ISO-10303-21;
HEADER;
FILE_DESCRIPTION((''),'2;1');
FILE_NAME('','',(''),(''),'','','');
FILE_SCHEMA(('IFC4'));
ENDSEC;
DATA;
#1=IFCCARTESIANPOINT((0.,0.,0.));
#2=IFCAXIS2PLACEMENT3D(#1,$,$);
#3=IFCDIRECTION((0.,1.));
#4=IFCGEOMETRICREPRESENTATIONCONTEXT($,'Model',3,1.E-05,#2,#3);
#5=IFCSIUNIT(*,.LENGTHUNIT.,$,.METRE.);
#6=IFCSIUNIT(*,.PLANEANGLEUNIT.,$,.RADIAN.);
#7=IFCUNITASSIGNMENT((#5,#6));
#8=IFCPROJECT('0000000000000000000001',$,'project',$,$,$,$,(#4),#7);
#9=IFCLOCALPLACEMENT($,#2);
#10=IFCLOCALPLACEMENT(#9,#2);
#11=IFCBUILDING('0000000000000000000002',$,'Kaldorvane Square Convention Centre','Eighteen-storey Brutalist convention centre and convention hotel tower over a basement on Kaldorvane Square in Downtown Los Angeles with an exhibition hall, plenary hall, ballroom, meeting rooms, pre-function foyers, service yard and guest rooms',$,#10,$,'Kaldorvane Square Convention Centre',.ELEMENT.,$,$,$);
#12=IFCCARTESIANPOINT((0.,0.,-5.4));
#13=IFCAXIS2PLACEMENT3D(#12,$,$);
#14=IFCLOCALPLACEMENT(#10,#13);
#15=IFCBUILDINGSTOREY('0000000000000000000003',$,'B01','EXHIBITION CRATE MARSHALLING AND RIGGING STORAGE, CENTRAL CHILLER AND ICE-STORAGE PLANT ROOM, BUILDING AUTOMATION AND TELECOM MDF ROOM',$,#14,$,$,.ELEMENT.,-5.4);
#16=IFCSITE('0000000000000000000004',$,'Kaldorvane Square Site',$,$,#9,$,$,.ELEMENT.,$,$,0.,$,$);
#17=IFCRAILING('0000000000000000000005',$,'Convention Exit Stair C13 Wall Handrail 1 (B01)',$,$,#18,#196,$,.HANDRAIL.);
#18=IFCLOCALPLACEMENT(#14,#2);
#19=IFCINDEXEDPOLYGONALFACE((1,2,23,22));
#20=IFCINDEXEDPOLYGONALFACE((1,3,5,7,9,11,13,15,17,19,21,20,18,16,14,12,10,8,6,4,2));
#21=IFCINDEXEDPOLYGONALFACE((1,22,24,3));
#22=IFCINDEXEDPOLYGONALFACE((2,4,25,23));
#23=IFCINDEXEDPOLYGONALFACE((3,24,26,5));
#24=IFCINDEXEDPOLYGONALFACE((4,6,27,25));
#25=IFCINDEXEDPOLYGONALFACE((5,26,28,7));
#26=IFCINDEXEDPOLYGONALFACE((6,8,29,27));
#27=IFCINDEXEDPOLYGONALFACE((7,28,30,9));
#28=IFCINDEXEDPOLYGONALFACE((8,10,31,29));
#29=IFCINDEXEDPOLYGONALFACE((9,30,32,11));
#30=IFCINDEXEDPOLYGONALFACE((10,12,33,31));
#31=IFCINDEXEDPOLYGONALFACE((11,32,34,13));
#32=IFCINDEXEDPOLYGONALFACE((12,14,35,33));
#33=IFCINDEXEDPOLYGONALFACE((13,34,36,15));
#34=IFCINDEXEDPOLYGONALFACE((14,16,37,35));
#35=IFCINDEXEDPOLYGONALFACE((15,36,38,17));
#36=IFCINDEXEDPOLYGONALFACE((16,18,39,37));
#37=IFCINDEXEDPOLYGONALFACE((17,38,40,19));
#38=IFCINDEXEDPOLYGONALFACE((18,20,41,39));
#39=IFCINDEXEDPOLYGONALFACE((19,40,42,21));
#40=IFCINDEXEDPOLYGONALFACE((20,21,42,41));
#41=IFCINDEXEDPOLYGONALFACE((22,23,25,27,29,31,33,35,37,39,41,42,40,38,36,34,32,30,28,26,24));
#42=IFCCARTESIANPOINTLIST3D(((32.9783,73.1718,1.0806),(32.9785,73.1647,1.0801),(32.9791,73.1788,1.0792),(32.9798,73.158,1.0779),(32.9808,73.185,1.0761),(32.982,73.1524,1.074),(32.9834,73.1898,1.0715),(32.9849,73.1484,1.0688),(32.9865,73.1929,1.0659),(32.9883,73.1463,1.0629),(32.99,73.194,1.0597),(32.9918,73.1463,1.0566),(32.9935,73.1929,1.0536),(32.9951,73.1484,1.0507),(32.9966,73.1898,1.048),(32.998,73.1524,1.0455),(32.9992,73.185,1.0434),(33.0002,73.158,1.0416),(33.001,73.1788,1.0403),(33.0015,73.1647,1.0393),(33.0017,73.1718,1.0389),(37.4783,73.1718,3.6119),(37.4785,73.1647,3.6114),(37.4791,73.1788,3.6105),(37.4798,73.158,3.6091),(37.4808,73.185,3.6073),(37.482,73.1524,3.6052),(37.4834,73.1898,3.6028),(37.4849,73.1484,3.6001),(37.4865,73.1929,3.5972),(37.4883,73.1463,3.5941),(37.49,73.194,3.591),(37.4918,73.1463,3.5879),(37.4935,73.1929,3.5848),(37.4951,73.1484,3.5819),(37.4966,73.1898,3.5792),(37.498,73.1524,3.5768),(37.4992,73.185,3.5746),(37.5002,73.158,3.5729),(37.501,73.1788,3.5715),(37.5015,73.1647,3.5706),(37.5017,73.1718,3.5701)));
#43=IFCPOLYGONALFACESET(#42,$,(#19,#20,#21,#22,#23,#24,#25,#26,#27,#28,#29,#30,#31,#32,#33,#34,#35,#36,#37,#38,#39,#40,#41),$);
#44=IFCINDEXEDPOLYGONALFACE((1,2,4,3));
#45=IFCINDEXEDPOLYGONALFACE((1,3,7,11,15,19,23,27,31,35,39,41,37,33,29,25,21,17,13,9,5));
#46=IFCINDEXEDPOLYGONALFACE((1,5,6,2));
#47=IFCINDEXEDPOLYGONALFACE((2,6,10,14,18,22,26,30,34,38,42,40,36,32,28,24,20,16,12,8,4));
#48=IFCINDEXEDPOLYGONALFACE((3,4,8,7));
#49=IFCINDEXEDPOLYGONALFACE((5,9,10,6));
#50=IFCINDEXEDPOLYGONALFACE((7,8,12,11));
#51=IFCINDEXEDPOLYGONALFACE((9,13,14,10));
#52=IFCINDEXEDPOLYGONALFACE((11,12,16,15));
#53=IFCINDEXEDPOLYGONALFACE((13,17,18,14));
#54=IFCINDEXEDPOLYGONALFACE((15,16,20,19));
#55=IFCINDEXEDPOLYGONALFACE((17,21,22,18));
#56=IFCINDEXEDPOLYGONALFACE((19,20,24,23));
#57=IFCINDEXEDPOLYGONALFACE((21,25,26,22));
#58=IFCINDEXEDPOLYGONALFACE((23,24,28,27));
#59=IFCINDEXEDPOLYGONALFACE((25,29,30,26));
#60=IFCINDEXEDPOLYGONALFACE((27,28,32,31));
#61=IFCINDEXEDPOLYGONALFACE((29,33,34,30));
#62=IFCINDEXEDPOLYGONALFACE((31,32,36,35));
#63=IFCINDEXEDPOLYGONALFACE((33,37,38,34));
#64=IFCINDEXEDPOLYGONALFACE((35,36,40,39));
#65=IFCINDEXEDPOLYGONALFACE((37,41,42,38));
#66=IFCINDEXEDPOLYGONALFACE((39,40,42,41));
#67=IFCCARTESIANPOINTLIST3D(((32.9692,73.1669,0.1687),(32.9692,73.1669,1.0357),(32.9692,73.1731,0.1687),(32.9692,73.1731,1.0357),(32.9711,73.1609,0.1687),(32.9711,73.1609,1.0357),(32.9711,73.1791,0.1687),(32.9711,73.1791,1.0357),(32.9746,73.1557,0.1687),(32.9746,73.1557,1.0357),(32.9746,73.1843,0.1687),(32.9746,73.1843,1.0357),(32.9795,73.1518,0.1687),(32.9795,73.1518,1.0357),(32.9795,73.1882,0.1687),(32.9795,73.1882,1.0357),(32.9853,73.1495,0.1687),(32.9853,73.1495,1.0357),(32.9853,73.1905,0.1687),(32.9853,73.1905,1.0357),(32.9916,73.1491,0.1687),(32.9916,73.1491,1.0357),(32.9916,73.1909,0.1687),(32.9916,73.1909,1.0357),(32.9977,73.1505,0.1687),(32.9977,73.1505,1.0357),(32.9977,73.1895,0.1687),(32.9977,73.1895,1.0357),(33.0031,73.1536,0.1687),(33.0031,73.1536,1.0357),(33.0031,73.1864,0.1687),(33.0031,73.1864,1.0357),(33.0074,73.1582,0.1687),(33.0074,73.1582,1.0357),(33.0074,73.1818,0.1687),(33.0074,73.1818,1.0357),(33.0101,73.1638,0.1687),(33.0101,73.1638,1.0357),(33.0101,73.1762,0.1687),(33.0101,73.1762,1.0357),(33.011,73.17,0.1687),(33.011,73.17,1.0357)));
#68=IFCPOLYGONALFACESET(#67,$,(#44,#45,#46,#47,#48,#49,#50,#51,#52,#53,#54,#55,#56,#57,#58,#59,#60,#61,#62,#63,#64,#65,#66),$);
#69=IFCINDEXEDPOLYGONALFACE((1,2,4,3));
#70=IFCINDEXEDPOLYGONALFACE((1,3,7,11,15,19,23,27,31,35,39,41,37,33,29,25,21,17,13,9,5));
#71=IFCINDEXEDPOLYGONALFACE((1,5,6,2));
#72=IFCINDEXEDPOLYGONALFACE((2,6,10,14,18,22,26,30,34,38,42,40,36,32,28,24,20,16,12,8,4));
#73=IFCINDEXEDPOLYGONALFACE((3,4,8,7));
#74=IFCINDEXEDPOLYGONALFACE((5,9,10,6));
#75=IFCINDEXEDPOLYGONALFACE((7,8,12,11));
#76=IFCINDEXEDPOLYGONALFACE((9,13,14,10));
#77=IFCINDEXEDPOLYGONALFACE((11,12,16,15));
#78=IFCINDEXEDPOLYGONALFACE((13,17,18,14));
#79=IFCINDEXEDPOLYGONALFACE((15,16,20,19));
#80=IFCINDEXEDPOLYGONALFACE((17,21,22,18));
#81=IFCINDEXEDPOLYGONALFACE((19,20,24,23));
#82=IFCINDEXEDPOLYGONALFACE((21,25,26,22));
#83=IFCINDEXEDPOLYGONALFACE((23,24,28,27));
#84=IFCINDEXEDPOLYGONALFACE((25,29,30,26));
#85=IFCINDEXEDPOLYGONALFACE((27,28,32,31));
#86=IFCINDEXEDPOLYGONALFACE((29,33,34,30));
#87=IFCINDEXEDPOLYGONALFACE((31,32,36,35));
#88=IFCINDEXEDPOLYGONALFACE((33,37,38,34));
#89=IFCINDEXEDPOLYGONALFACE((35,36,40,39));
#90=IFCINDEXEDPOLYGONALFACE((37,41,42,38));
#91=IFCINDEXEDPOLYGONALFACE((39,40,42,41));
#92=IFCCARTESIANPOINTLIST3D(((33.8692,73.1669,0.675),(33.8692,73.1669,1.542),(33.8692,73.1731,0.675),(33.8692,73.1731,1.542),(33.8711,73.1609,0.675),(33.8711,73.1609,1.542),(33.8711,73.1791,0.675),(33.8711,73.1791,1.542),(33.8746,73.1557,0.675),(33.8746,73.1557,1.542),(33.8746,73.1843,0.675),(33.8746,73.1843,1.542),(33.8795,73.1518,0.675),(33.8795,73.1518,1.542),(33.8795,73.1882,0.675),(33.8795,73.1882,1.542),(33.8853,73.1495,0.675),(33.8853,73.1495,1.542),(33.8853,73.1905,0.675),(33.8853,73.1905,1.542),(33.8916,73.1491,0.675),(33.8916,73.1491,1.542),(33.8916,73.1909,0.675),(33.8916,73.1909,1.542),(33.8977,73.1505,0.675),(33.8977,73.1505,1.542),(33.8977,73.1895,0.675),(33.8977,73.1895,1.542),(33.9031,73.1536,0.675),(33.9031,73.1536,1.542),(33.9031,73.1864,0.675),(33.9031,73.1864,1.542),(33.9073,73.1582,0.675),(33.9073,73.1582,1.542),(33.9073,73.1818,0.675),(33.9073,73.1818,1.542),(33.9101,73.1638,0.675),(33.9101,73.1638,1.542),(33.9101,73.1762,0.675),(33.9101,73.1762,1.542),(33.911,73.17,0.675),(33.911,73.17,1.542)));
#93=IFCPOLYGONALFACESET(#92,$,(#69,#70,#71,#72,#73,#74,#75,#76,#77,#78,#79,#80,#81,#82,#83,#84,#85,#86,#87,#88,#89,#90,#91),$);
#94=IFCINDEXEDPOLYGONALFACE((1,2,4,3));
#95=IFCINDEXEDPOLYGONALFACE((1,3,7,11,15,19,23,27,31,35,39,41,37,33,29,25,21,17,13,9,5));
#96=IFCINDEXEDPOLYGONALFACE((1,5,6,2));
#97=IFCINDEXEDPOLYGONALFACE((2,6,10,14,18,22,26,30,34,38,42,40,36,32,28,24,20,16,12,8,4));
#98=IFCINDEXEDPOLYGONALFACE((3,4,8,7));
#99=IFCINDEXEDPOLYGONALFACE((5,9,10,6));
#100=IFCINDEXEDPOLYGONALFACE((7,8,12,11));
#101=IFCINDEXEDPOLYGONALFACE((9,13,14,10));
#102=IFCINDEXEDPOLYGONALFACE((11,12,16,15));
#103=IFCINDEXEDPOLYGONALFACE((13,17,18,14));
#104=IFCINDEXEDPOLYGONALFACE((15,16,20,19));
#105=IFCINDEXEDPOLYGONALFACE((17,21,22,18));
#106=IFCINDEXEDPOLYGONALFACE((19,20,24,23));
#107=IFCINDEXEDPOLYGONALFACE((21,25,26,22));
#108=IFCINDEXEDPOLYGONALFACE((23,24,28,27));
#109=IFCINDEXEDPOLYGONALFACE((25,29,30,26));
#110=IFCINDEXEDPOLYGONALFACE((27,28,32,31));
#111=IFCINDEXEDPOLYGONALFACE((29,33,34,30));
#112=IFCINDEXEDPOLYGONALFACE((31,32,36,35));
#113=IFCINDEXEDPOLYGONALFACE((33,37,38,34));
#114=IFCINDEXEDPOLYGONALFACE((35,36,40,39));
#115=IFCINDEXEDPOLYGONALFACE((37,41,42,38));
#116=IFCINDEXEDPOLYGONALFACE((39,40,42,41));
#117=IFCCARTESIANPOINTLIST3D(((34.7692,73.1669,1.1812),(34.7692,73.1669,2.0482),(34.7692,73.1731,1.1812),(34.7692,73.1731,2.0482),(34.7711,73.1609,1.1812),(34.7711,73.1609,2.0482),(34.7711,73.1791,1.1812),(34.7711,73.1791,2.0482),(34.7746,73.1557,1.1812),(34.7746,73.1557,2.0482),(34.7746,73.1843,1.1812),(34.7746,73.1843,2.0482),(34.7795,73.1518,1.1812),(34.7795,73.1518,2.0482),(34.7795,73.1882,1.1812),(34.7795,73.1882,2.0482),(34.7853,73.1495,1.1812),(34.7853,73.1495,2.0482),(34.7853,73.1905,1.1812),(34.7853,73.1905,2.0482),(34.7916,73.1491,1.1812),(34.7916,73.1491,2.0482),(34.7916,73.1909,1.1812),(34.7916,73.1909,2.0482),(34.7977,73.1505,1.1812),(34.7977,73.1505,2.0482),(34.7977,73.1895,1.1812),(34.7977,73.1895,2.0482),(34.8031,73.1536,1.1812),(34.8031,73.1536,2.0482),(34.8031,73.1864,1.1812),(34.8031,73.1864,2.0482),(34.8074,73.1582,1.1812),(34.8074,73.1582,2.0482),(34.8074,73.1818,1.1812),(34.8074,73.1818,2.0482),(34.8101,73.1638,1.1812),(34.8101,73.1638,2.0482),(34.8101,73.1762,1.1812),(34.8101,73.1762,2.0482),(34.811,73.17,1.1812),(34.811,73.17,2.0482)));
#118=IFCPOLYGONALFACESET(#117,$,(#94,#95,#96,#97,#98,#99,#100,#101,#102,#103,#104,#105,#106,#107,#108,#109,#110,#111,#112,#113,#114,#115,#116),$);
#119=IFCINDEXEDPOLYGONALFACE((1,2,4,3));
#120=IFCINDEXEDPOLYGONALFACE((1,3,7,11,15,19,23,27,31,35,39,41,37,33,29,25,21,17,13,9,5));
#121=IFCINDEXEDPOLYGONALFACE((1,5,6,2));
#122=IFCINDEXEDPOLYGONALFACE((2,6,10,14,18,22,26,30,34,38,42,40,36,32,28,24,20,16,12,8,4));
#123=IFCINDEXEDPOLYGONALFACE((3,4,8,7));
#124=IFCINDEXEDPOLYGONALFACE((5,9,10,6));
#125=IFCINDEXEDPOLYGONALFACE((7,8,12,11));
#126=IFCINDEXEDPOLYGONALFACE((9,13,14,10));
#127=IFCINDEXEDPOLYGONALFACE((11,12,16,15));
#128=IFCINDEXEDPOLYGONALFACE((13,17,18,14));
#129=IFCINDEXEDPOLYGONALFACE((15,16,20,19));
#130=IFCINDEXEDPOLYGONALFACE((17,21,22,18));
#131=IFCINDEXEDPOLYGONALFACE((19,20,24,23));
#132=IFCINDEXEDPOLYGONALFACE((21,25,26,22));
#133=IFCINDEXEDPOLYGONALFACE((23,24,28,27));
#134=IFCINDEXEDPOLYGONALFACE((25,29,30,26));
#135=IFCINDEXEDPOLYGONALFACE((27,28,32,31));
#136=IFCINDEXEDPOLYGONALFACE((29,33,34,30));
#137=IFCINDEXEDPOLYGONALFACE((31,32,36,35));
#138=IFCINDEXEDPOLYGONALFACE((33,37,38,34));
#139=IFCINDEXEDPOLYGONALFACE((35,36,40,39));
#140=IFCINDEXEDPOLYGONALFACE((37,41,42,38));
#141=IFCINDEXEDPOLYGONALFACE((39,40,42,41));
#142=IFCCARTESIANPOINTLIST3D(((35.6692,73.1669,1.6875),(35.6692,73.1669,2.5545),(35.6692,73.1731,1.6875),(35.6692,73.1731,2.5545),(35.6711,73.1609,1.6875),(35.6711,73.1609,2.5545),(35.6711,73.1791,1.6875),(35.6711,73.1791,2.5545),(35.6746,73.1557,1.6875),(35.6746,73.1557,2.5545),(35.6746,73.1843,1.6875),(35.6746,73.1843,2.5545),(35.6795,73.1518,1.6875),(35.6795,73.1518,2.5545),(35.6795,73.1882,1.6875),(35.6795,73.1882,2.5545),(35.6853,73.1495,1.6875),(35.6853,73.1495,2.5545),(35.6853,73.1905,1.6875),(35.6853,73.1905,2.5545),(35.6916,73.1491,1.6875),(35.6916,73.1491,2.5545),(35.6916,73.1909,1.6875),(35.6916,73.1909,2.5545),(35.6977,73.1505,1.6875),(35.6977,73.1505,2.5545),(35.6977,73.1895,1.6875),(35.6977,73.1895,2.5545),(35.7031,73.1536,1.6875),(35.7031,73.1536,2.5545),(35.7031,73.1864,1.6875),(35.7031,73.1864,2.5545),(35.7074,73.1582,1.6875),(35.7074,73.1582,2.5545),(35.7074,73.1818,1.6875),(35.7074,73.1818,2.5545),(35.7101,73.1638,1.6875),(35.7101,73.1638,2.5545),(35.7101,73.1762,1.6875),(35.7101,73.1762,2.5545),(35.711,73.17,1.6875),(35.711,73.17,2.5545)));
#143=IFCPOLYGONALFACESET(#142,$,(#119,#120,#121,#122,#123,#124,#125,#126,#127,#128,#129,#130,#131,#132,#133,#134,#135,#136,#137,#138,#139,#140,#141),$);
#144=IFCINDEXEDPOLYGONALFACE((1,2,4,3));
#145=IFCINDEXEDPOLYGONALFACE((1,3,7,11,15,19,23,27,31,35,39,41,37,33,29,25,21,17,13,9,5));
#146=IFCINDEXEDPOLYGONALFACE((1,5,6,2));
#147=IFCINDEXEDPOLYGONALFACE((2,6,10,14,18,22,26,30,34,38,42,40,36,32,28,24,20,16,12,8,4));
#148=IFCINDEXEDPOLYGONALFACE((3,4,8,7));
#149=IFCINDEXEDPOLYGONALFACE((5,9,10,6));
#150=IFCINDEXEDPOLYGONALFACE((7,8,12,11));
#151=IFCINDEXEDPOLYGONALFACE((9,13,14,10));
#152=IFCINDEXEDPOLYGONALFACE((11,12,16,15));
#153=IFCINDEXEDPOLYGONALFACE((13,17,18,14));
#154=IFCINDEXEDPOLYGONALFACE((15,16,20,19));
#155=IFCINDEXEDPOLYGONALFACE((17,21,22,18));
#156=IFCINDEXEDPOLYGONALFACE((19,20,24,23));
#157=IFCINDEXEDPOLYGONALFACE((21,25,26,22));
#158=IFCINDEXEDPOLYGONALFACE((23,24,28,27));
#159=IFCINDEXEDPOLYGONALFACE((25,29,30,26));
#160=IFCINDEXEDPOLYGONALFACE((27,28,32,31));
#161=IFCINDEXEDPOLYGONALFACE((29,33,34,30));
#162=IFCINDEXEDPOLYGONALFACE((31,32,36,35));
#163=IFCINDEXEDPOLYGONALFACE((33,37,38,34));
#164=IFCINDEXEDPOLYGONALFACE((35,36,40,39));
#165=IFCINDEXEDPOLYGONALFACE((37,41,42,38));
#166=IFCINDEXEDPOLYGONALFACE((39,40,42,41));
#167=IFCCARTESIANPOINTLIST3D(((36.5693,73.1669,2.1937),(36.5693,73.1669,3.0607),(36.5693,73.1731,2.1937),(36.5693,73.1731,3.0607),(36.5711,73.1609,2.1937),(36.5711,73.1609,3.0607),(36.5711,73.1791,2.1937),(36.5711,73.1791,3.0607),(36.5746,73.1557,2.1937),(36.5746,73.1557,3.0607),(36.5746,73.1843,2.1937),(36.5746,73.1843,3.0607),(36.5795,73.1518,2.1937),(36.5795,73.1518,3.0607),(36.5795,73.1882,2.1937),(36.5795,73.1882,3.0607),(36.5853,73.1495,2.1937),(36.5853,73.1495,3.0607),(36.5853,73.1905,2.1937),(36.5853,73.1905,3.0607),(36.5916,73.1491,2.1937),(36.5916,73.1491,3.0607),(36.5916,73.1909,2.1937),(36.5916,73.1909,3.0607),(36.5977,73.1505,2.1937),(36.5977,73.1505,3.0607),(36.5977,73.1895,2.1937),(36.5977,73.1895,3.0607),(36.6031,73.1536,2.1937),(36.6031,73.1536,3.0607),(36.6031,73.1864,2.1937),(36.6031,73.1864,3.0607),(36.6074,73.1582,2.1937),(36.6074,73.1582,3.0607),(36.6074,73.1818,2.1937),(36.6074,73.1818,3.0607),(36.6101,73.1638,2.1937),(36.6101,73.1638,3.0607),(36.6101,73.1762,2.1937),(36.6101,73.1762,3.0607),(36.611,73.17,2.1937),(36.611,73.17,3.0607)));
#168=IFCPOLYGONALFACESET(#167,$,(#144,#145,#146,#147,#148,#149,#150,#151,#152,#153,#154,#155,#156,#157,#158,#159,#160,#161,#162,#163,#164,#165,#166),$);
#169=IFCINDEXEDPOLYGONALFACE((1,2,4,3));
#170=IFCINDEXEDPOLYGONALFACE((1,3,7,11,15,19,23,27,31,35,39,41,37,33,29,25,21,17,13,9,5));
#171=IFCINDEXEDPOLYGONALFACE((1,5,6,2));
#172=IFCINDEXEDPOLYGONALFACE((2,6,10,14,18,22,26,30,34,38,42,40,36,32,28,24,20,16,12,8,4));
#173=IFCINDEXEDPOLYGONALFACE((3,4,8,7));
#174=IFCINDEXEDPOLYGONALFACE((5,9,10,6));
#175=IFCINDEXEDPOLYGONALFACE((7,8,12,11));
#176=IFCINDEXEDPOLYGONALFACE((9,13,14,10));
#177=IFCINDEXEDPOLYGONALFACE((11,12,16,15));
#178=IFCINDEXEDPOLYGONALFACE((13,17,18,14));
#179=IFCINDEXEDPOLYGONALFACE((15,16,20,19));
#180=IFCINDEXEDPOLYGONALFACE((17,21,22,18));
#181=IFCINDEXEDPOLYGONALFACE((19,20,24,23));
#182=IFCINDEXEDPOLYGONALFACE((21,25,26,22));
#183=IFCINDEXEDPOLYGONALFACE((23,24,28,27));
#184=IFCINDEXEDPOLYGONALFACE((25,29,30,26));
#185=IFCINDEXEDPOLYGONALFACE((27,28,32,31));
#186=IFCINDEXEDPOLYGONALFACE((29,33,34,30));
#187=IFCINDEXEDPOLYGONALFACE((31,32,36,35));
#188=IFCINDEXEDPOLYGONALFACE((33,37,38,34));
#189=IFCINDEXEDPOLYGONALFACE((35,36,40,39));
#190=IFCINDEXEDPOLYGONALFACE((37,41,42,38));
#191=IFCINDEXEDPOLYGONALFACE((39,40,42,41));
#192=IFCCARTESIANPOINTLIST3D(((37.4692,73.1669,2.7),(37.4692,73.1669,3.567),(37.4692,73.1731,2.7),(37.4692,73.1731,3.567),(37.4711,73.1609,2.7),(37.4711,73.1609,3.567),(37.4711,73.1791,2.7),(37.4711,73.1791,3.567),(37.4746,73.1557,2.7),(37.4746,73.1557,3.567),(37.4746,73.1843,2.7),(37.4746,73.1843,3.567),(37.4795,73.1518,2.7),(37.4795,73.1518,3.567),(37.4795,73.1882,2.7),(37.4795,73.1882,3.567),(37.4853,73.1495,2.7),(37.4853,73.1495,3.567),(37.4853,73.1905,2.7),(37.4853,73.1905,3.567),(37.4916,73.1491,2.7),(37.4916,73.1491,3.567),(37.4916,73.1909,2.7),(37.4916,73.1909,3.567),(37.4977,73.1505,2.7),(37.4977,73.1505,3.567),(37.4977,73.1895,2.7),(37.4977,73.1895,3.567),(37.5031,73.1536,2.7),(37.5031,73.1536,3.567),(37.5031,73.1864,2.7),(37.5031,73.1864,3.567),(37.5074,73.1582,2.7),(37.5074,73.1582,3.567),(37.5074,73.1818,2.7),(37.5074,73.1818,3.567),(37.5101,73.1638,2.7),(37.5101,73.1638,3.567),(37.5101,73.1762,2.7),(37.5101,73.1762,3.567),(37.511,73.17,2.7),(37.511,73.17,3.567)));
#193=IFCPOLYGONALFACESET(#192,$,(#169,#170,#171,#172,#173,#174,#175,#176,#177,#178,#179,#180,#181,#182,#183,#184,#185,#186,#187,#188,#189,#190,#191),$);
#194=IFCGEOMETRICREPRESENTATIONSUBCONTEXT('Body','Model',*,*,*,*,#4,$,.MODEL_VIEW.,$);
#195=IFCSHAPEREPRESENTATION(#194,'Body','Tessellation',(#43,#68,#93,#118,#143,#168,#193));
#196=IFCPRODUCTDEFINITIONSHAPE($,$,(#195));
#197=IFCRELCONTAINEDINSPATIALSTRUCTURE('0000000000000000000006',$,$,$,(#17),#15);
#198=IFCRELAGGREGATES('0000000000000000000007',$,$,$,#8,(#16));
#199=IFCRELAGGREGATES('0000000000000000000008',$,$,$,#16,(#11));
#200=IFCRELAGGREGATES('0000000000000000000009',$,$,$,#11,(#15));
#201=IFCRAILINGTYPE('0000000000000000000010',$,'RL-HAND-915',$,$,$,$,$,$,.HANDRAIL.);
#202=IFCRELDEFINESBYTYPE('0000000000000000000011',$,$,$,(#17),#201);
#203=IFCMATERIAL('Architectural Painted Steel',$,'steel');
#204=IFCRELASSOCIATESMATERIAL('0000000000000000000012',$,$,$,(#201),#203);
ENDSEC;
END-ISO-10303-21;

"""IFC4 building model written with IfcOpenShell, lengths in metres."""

from ifc_helpers import new_model, si_unit, direction, frame, origin, origin_2d, place, context, subcontext, project, spatial, circle, extrude, material, type_object, element, save


model = new_model("IFC4")

# Units and contexts
model_context = context("Model", 3, precision=1e-05, world=origin(), true_north=direction((0.0, 1.0)))
body_context = subcontext(model_context, "Body", "Model", "MODEL_VIEW")
ifc_project = project(units=[si_unit("LENGTHUNIT", "METRE"), si_unit("PLANEANGLEUNIT", "RADIAN")], contexts=[model_context])

# Site, building, storey
site_placement = place(None, origin())
site = spatial("IfcSite", under=ifc_project, at=site_placement, Name="Kaldorvane Square Site", CompositionType="ELEMENT", RefElevation=0.0)
building_placement = place(site_placement, origin())
building = spatial("IfcBuilding", under=site, at=building_placement, Name="Kaldorvane Square Convention Centre", Description="Eighteen-storey Brutalist convention centre and convention hotel tower over a basement on Kaldorvane Square in Downtown Los Angeles with an exhibition hall, plenary hall, ballroom, meeting rooms, pre-function foyers, service yard and guest rooms", LongName="Kaldorvane Square Convention Centre", CompositionType="ELEMENT")
storey_placement = place(building_placement, frame((0.0, 0.0, -5.4)))
storey = spatial("IfcBuildingStorey", under=building, at=storey_placement, Name="B01", Description="EXHIBITION CRATE MARSHALLING AND RIGGING STORAGE, CENTRAL CHILLER AND ICE-STORAGE PLANT ROOM, BUILDING AUTOMATION AND TELECOM MDF ROOM", CompositionType="ELEMENT", Elevation=-5.4)

# Railing
ifc_material_1 = material(Name="Architectural Painted Steel", Category="steel")
railing_type_1 = type_object("IfcRailingType", Name="RL-HAND-915", PredefinedType="HANDRAIL", material=ifc_material_1)
railing_1_placement = place(storey_placement, frame((32.99, 73.17, 0.1687)))
element("IfcRailing", 1, at=railing_1_placement, inside=storey, type_object=railing_type_1, Name="Convention Exit Stair C13 Wall Handrail 1 (B01)", PredefinedType="HANDRAIL", context=body_context, shape_type="SweptSolid", body=[
    extrude(circle(Radius=0.024, at=origin_2d()), frame((0.0, 0.0, 0.891), z_axis=(0.871576, 0.0, 0.490261), x_axis=(0.0, 1.0, 0.0)), (0.0, 0.0, 1.0), 5.1631),
    extrude(circle(Radius=0.021, at=origin_2d()), origin(), (0.0, 0.0, 1.0), 0.867),
    extrude(circle(Radius=0.021, at=origin_2d()), frame((0.9, 0.0, 0.5063)), (0.0, 0.0, 1.0), 0.867),
    extrude(circle(Radius=0.021, at=origin_2d()), frame((1.8, 0.0, 1.0125)), (0.0, 0.0, 1.0), 0.867),
    extrude(circle(Radius=0.021, at=origin_2d()), frame((2.7, 0.0, 1.5188)), (0.0, 0.0, 1.0), 0.867),
    extrude(circle(Radius=0.021, at=origin_2d()), frame((3.6, 0.0, 2.025)), (0.0, 0.0, 1.0), 0.867),
    extrude(circle(Radius=0.021, at=origin_2d()), frame((4.5, 0.0, 2.5312)), (0.0, 0.0, 1.0), 0.867),
])

save(model, "model.ifc")
